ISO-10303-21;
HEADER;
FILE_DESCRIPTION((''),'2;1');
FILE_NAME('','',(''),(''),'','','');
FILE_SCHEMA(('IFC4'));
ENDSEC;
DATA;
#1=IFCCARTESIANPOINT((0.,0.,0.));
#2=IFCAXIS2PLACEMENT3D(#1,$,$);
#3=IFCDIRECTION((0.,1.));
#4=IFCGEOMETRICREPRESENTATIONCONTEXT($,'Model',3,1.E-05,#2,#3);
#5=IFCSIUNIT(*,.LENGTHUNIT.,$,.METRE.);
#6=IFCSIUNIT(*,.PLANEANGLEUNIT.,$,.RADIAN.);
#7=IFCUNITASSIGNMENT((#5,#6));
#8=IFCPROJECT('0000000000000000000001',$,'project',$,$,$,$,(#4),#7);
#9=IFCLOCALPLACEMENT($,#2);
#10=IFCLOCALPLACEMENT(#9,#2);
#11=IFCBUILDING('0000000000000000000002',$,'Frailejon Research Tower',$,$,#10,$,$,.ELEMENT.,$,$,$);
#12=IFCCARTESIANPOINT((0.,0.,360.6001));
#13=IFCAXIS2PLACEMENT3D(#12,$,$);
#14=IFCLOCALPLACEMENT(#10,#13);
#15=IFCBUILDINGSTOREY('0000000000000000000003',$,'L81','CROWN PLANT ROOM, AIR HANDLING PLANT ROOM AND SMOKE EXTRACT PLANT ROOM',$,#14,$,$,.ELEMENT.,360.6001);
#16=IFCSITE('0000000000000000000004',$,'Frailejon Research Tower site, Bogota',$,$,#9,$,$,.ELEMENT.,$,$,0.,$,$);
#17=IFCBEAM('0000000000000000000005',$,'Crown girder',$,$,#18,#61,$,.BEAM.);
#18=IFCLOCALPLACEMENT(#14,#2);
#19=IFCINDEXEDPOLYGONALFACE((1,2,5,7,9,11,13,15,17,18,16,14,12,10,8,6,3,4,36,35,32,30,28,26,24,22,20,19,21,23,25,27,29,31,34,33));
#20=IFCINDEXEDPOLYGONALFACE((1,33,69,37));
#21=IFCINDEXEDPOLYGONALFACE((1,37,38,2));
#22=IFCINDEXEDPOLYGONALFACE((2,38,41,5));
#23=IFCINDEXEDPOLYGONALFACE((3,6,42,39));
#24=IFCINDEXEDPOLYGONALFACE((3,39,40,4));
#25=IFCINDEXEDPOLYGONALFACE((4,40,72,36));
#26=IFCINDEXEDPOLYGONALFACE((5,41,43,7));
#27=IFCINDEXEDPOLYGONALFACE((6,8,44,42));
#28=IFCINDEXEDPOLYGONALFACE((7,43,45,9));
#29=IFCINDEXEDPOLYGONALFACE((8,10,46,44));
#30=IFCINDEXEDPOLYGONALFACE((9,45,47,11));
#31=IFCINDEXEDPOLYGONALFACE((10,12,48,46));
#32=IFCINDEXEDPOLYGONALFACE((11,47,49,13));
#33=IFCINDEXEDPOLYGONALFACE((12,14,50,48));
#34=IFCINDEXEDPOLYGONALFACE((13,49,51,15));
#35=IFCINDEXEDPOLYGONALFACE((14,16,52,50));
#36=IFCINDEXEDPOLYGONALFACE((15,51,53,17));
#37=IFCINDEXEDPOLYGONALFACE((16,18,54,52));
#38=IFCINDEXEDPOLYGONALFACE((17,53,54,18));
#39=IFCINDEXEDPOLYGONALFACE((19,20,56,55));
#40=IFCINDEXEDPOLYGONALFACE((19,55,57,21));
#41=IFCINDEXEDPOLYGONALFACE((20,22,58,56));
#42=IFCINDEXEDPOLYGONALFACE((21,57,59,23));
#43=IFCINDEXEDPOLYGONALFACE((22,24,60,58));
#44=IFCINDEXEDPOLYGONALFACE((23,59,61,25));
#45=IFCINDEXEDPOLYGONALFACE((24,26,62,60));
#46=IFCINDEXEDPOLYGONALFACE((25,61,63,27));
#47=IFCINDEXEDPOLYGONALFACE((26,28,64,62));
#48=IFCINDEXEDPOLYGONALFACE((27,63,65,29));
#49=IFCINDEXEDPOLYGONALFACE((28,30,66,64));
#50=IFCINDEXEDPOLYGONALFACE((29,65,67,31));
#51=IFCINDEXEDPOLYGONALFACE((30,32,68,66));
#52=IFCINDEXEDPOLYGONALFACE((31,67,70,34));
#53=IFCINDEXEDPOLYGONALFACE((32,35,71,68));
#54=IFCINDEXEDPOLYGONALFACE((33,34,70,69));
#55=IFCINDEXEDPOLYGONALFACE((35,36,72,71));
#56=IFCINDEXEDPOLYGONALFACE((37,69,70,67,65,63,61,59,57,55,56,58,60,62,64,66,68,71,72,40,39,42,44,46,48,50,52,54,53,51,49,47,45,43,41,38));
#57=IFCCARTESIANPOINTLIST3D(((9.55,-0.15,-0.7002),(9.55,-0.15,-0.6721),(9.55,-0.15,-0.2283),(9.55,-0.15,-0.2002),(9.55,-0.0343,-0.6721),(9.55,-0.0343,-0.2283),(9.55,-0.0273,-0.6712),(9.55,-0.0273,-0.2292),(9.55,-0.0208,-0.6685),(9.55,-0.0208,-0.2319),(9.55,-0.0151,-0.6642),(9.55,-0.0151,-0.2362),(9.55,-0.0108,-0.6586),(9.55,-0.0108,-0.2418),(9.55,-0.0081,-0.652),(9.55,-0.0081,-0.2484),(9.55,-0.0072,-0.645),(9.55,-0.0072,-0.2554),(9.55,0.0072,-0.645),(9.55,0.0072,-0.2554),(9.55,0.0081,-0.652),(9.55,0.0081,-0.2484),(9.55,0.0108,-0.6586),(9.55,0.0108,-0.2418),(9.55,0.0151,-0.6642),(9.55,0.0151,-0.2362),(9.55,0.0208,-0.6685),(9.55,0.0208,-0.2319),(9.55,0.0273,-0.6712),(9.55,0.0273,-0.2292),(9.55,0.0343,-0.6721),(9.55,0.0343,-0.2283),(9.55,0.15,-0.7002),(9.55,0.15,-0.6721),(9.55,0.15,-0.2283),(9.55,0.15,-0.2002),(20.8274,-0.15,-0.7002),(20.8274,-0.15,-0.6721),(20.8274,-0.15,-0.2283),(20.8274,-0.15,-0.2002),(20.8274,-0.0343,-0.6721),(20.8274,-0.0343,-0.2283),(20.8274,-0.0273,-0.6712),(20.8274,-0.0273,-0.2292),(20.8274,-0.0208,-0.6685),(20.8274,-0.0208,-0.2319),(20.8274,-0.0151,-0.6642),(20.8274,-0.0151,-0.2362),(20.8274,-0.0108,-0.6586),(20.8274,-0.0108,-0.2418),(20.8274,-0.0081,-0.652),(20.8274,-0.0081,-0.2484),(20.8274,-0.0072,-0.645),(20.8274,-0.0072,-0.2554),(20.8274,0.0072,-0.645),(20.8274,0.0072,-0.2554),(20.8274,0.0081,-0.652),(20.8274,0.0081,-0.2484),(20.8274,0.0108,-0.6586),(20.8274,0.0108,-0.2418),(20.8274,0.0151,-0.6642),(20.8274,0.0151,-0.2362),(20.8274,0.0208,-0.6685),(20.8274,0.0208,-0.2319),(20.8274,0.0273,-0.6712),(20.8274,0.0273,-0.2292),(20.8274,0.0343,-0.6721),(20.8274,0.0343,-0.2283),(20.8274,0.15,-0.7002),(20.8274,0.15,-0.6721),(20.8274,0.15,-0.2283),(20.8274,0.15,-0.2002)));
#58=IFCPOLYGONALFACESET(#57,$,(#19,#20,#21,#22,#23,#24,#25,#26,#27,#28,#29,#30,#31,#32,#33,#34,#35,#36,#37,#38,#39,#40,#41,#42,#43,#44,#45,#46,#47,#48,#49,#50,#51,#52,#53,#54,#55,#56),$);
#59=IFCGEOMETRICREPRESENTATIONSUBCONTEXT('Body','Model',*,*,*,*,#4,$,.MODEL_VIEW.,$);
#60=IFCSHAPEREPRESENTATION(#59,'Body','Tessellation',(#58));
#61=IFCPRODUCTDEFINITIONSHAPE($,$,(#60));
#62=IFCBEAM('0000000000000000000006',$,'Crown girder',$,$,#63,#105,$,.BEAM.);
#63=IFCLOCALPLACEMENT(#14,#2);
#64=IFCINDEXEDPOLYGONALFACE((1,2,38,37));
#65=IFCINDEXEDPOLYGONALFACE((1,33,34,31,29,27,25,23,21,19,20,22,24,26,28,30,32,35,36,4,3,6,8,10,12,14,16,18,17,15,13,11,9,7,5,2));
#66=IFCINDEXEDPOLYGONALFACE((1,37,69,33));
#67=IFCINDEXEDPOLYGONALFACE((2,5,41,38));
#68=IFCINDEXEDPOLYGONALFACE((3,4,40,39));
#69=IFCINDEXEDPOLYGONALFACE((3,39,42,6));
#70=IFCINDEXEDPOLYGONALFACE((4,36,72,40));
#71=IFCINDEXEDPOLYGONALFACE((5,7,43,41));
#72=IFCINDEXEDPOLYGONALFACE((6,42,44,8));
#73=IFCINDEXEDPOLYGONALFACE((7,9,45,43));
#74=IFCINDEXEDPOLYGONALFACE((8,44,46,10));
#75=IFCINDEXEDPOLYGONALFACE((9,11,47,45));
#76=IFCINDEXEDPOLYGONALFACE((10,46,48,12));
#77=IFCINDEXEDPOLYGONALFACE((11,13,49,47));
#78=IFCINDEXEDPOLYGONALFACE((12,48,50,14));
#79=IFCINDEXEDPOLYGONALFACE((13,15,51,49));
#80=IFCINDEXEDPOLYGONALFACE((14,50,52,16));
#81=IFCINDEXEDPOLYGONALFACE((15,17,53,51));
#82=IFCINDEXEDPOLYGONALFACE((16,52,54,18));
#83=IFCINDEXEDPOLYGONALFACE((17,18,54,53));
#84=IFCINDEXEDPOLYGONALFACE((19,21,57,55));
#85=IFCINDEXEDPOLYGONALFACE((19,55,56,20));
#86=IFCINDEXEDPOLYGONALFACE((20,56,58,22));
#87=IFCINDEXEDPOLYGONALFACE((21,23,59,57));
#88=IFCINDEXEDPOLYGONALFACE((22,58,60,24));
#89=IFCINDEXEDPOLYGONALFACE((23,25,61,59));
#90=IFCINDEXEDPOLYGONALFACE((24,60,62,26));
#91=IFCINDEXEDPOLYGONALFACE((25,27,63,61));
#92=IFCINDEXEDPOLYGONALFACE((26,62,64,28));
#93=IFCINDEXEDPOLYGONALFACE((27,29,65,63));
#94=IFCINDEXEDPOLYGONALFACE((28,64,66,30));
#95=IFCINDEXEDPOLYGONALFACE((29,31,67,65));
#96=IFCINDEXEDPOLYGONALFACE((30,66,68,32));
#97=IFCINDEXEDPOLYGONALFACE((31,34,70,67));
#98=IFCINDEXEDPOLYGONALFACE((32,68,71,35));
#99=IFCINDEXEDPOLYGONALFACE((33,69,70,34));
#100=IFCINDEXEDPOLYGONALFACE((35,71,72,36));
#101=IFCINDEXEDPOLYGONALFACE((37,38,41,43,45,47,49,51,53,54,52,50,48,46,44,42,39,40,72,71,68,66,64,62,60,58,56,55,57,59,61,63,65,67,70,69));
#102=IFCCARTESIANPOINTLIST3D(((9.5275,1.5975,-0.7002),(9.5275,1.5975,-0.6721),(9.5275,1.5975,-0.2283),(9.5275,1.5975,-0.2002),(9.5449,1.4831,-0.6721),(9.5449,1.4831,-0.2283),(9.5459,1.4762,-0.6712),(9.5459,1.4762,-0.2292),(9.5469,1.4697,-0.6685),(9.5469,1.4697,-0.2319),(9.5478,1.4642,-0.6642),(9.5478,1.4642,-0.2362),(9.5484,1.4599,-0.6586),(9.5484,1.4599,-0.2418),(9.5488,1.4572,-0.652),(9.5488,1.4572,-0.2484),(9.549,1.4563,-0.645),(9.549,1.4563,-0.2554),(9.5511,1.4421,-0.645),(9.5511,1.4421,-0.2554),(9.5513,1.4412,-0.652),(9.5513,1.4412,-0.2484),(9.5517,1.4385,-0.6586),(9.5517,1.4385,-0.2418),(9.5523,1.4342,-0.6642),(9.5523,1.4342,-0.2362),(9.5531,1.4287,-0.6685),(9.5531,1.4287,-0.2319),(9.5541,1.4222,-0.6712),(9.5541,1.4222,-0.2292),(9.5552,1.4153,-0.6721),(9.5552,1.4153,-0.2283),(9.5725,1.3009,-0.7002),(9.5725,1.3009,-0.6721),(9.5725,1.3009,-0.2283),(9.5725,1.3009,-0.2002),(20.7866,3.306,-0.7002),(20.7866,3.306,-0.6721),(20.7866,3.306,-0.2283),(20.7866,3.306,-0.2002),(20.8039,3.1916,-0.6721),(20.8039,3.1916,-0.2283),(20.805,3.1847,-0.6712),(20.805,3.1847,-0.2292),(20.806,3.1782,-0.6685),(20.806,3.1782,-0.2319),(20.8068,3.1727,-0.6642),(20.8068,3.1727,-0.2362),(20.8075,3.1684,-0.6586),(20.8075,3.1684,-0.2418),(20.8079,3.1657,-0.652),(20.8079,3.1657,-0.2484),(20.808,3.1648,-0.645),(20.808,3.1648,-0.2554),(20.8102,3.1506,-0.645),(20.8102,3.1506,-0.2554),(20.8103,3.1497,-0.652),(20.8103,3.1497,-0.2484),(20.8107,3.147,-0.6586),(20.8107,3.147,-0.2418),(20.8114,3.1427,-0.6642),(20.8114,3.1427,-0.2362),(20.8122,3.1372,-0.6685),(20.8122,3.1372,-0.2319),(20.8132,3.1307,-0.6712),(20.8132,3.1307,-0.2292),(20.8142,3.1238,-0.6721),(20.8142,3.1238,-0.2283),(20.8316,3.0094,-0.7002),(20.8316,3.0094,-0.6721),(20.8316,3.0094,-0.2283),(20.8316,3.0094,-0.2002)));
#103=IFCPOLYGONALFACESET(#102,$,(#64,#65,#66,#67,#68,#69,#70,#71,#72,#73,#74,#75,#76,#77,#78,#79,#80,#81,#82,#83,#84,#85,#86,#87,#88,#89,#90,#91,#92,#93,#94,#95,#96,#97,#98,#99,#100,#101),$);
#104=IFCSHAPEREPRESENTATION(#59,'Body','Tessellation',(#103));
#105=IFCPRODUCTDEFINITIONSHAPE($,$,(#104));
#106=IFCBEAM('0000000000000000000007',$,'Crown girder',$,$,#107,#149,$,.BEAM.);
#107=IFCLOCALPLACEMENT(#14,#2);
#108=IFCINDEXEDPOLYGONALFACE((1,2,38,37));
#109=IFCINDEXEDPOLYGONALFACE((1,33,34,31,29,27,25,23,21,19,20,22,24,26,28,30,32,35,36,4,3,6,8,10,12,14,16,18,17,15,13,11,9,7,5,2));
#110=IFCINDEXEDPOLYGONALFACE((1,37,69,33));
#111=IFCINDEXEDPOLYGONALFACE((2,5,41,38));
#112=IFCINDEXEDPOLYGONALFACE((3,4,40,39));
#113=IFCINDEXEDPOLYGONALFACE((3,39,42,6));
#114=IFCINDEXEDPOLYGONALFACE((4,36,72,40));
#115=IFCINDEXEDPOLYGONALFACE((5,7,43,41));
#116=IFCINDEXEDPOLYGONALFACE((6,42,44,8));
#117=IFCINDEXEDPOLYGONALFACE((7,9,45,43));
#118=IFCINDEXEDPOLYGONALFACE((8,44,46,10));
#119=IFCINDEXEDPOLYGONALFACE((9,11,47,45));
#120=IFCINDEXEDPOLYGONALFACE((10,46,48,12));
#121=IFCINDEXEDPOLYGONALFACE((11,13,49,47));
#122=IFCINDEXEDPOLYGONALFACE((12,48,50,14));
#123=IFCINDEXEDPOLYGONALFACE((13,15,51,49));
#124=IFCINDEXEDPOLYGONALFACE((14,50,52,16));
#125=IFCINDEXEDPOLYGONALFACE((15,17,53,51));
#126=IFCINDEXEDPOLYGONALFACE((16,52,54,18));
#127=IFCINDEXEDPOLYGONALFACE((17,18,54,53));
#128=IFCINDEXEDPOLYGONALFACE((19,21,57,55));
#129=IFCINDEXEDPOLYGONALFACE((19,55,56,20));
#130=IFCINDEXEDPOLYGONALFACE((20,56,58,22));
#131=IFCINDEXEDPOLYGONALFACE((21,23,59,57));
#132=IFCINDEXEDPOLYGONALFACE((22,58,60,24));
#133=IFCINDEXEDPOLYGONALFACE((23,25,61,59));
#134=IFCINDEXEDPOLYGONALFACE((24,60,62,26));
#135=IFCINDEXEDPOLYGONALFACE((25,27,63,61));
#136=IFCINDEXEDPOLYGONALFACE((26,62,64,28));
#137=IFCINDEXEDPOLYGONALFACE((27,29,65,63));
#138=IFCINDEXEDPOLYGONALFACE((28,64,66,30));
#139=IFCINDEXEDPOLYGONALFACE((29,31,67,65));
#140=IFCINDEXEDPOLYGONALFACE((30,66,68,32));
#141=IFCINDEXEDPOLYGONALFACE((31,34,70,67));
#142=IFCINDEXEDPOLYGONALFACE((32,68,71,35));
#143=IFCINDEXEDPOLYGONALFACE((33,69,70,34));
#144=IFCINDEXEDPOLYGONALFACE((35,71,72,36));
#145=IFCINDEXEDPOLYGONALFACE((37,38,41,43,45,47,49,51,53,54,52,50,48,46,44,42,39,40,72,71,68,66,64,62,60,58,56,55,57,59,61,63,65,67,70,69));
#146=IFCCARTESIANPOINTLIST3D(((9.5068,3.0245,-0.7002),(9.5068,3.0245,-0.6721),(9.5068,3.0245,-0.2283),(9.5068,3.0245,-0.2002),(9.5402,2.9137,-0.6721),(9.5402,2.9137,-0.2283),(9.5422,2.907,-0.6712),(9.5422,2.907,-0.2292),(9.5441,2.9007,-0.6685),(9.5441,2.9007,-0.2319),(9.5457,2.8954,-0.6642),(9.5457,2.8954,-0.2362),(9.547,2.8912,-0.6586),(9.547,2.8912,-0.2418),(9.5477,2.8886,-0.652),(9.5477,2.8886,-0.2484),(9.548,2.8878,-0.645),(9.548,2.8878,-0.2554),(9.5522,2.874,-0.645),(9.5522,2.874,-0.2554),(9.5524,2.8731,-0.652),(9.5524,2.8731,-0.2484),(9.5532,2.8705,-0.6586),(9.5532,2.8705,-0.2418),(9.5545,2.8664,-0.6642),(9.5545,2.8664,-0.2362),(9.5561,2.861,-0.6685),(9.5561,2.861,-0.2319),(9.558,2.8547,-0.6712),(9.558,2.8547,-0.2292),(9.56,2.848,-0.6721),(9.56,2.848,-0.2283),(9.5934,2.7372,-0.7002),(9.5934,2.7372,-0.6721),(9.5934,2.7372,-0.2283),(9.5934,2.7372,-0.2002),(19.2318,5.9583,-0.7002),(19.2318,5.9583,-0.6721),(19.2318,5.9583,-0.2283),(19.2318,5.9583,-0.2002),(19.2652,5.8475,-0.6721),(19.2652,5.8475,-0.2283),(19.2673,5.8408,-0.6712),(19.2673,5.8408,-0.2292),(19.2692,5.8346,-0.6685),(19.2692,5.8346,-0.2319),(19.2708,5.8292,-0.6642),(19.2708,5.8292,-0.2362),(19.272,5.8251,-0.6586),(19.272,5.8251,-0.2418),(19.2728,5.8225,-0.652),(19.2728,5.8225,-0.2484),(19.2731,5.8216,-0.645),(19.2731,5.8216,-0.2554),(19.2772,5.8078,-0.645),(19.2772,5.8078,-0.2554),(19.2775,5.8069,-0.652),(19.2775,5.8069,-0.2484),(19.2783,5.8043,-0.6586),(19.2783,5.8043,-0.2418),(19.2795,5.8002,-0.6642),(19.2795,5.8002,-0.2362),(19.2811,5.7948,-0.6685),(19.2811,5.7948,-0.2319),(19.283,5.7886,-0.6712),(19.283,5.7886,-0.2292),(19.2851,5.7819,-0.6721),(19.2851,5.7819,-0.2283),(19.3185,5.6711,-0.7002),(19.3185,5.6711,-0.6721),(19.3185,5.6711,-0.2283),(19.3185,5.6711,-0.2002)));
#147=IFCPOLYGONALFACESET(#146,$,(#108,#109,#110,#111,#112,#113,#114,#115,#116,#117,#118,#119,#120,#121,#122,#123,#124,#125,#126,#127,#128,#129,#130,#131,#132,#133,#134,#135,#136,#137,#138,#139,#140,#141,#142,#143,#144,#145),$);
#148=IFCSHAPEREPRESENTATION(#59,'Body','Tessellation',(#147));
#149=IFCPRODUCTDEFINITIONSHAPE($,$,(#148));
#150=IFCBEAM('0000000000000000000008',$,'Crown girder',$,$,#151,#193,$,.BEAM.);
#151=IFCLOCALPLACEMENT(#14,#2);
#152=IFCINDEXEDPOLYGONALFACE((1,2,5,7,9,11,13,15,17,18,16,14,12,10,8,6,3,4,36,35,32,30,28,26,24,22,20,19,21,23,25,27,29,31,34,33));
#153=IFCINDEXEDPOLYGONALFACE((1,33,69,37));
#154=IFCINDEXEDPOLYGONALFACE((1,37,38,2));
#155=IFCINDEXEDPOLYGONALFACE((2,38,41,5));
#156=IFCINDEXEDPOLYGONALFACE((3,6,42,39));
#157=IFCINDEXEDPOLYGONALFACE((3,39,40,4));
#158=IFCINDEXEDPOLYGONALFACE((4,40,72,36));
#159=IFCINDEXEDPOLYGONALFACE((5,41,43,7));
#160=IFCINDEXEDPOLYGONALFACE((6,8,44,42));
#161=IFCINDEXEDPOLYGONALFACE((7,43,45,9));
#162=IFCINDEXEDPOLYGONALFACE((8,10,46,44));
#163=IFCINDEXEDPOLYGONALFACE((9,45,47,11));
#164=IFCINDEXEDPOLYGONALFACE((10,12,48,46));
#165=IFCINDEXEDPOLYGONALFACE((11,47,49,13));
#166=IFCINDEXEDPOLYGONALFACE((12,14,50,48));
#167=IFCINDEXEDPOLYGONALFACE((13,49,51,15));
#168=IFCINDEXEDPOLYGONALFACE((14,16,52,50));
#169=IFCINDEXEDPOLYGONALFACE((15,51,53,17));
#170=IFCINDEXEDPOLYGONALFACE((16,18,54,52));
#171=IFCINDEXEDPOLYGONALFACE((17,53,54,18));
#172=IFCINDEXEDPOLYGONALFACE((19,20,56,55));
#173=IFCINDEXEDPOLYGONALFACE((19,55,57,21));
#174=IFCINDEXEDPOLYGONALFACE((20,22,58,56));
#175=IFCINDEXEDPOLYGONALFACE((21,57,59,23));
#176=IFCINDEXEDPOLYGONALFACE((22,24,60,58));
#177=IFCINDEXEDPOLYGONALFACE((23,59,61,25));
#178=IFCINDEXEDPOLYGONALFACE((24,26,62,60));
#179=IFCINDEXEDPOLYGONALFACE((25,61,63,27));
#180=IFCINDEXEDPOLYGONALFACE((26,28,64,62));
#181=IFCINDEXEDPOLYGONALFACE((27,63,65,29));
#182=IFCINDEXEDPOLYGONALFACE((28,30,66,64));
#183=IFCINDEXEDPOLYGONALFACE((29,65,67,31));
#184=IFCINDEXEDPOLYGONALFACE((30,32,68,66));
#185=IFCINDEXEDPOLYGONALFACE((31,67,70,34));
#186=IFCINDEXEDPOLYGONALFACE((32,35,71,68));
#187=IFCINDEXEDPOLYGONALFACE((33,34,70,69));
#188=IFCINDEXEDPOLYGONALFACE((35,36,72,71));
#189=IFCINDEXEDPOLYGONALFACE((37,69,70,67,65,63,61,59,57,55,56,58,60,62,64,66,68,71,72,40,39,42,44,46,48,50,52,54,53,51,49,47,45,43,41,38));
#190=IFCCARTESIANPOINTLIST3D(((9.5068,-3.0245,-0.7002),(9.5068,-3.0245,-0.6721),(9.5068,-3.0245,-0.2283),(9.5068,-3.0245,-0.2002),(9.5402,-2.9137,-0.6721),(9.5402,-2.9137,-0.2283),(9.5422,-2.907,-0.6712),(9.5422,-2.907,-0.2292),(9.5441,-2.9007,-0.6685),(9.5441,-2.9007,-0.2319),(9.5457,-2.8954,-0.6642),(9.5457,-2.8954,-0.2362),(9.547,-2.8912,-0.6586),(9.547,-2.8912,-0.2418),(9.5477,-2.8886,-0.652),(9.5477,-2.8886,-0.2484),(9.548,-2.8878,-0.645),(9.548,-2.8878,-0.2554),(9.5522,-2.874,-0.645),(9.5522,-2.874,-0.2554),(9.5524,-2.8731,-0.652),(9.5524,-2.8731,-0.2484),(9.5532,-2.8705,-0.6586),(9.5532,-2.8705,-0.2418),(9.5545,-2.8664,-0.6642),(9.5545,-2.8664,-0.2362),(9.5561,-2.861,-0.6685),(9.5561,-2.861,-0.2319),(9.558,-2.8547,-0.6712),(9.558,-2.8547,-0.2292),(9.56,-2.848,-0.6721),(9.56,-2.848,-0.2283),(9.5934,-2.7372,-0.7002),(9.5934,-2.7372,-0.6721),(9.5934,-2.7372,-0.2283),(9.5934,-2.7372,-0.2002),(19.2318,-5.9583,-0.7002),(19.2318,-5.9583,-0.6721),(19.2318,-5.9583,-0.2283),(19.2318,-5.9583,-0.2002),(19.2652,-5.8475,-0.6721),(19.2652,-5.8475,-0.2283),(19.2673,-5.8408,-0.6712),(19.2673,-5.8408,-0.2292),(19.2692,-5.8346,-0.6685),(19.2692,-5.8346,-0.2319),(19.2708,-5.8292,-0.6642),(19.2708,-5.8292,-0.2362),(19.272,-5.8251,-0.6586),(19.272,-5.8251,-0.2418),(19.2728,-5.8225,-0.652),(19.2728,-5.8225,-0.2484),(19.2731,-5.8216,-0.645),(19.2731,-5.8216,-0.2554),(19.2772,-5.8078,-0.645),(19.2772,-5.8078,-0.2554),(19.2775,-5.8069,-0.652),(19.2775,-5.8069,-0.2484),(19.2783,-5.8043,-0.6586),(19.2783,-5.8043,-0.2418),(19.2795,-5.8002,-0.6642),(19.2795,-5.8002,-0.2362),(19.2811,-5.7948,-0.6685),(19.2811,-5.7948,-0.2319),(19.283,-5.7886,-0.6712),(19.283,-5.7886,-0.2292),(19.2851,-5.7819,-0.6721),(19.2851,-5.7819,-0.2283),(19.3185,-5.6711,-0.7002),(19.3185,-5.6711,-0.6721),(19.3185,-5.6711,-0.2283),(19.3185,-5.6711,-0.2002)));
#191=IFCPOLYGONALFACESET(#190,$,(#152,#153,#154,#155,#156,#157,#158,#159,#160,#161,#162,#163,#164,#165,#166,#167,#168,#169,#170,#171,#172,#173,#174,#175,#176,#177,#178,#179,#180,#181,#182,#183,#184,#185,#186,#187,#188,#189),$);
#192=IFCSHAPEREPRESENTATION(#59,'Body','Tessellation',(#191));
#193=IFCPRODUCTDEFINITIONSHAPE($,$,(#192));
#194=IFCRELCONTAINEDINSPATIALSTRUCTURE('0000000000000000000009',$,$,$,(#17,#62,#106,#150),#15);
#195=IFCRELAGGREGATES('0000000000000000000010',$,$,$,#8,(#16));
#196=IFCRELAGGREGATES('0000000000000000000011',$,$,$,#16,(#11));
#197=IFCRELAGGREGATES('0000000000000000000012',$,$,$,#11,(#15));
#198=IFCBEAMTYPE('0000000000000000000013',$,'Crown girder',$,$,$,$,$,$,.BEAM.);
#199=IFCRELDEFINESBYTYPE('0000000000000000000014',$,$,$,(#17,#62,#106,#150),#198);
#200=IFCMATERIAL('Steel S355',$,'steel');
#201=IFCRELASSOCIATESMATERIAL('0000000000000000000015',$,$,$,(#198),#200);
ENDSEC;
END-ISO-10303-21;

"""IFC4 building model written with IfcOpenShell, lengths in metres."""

from ifc_helpers import new_model, si_unit, direction, frame, origin, origin_2d, place, context, subcontext, project, spatial, i_section, extrude, material, material_profile, profile_set, type_object, element, save


model = new_model("IFC4")

# Units and contexts
model_context = context("Model", 3, precision=1e-05, world=origin(), true_north=direction((0.0, 1.0)))
body_context = subcontext(model_context, "Body", "Model", "MODEL_VIEW")
ifc_project = project(units=[si_unit("LENGTHUNIT", "METRE"), si_unit("PLANEANGLEUNIT", "RADIAN")], contexts=[model_context])

# Site, building, storey
site_placement = place(None, origin())
site = spatial("IfcSite", under=ifc_project, at=site_placement, Name="Frailejon Research Tower site, Bogota", CompositionType="ELEMENT", RefElevation=0.0)
building_placement = place(site_placement, origin())
building = spatial("IfcBuilding", under=site, at=building_placement, Name="Frailejon Research Tower", CompositionType="ELEMENT")
storey_placement = place(building_placement, frame((0.0, 0.0, 360.6001)))
storey = spatial("IfcBuildingStorey", under=building, at=storey_placement, Name="L81", Description="CROWN PLANT ROOM, AIR HANDLING PLANT ROOM AND SMOKE EXTRACT PLANT ROOM", CompositionType="ELEMENT", Elevation=360.6001)

# Beams
ifc_material_1 = material(Name="Steel S355", Category="steel")
ifc_material_profile_1 = material_profile(ifc_material_1, i_section(OverallWidth=0.3, OverallDepth=0.5, WebThickness=0.0144, FlangeThickness=0.0281, FilletRadius=0.0271, at=origin_2d()), Name="HE 500 B")
ifc_profile_set_1 = profile_set([ifc_material_profile_1], Name="Steel S355")
beam_type_1 = type_object("IfcBeamType", Name="Crown girder", PredefinedType="BEAM", material=ifc_profile_set_1)
beam_1_placement = place(storey_placement, frame((20.8274, 0.0, -0.4502), z_axis=(-1.0, 0.0, 0.0), x_axis=(0.0, -1.0, 0.0)))
element("IfcBeam", 1, at=beam_1_placement, inside=storey, type_object=beam_type_1, Name="Crown girder", PredefinedType="BEAM", context=body_context, shape_type="SweptSolid", body=[
    extrude(i_section(OverallWidth=0.3, OverallDepth=0.5, WebThickness=0.0144, FlangeThickness=0.0281, FilletRadius=0.0271, at=origin_2d()), origin(), (0.0, 0.0, 1.0), 11.2773),
])
beam_2_placement = place(storey_placement, frame((20.8091, 3.1577, -0.4502), z_axis=(-0.988682, -0.150027, 0.0), x_axis=(0.150027, -0.988682, 0.0)))
element("IfcBeam", 2, at=beam_2_placement, inside=storey, type_object=beam_type_1, Name="Crown girder", PredefinedType="BEAM", context=body_context, shape_type="SweptSolid", body=[
    extrude(i_section(OverallWidth=0.3, OverallDepth=0.5, WebThickness=0.0144, FlangeThickness=0.0281, FilletRadius=0.0271, at=origin_2d()), origin(), (0.0, 0.0, 1.0), 11.3879),
])
for number, where, z_axis, x_axis, name in (
    (3, (19.2751, 5.8147, -0.4502), (-0.957383, -0.28882, 0.0), (0.28882, -0.957383, 0.0), "Crown girder"),
    (4, (19.2751, -5.8147, -0.4502), (-0.957383, 0.28882, 0.0), (-0.28882, -0.957383, 0.0), "Crown girder"),
):
    element("IfcBeam", number, at=place(storey_placement, frame(where, z_axis=z_axis, x_axis=x_axis)), inside=storey, type_object=beam_type_1, Name=name, PredefinedType="BEAM", context=body_context, shape_type="SweptSolid", body=[
        extrude(i_section(OverallWidth=0.3, OverallDepth=0.5, WebThickness=0.0144, FlangeThickness=0.0281, FilletRadius=0.0271, at=origin_2d()), origin(), (0.0, 0.0, 1.0), 10.158),
    ])

save(model, "model.ifc")
